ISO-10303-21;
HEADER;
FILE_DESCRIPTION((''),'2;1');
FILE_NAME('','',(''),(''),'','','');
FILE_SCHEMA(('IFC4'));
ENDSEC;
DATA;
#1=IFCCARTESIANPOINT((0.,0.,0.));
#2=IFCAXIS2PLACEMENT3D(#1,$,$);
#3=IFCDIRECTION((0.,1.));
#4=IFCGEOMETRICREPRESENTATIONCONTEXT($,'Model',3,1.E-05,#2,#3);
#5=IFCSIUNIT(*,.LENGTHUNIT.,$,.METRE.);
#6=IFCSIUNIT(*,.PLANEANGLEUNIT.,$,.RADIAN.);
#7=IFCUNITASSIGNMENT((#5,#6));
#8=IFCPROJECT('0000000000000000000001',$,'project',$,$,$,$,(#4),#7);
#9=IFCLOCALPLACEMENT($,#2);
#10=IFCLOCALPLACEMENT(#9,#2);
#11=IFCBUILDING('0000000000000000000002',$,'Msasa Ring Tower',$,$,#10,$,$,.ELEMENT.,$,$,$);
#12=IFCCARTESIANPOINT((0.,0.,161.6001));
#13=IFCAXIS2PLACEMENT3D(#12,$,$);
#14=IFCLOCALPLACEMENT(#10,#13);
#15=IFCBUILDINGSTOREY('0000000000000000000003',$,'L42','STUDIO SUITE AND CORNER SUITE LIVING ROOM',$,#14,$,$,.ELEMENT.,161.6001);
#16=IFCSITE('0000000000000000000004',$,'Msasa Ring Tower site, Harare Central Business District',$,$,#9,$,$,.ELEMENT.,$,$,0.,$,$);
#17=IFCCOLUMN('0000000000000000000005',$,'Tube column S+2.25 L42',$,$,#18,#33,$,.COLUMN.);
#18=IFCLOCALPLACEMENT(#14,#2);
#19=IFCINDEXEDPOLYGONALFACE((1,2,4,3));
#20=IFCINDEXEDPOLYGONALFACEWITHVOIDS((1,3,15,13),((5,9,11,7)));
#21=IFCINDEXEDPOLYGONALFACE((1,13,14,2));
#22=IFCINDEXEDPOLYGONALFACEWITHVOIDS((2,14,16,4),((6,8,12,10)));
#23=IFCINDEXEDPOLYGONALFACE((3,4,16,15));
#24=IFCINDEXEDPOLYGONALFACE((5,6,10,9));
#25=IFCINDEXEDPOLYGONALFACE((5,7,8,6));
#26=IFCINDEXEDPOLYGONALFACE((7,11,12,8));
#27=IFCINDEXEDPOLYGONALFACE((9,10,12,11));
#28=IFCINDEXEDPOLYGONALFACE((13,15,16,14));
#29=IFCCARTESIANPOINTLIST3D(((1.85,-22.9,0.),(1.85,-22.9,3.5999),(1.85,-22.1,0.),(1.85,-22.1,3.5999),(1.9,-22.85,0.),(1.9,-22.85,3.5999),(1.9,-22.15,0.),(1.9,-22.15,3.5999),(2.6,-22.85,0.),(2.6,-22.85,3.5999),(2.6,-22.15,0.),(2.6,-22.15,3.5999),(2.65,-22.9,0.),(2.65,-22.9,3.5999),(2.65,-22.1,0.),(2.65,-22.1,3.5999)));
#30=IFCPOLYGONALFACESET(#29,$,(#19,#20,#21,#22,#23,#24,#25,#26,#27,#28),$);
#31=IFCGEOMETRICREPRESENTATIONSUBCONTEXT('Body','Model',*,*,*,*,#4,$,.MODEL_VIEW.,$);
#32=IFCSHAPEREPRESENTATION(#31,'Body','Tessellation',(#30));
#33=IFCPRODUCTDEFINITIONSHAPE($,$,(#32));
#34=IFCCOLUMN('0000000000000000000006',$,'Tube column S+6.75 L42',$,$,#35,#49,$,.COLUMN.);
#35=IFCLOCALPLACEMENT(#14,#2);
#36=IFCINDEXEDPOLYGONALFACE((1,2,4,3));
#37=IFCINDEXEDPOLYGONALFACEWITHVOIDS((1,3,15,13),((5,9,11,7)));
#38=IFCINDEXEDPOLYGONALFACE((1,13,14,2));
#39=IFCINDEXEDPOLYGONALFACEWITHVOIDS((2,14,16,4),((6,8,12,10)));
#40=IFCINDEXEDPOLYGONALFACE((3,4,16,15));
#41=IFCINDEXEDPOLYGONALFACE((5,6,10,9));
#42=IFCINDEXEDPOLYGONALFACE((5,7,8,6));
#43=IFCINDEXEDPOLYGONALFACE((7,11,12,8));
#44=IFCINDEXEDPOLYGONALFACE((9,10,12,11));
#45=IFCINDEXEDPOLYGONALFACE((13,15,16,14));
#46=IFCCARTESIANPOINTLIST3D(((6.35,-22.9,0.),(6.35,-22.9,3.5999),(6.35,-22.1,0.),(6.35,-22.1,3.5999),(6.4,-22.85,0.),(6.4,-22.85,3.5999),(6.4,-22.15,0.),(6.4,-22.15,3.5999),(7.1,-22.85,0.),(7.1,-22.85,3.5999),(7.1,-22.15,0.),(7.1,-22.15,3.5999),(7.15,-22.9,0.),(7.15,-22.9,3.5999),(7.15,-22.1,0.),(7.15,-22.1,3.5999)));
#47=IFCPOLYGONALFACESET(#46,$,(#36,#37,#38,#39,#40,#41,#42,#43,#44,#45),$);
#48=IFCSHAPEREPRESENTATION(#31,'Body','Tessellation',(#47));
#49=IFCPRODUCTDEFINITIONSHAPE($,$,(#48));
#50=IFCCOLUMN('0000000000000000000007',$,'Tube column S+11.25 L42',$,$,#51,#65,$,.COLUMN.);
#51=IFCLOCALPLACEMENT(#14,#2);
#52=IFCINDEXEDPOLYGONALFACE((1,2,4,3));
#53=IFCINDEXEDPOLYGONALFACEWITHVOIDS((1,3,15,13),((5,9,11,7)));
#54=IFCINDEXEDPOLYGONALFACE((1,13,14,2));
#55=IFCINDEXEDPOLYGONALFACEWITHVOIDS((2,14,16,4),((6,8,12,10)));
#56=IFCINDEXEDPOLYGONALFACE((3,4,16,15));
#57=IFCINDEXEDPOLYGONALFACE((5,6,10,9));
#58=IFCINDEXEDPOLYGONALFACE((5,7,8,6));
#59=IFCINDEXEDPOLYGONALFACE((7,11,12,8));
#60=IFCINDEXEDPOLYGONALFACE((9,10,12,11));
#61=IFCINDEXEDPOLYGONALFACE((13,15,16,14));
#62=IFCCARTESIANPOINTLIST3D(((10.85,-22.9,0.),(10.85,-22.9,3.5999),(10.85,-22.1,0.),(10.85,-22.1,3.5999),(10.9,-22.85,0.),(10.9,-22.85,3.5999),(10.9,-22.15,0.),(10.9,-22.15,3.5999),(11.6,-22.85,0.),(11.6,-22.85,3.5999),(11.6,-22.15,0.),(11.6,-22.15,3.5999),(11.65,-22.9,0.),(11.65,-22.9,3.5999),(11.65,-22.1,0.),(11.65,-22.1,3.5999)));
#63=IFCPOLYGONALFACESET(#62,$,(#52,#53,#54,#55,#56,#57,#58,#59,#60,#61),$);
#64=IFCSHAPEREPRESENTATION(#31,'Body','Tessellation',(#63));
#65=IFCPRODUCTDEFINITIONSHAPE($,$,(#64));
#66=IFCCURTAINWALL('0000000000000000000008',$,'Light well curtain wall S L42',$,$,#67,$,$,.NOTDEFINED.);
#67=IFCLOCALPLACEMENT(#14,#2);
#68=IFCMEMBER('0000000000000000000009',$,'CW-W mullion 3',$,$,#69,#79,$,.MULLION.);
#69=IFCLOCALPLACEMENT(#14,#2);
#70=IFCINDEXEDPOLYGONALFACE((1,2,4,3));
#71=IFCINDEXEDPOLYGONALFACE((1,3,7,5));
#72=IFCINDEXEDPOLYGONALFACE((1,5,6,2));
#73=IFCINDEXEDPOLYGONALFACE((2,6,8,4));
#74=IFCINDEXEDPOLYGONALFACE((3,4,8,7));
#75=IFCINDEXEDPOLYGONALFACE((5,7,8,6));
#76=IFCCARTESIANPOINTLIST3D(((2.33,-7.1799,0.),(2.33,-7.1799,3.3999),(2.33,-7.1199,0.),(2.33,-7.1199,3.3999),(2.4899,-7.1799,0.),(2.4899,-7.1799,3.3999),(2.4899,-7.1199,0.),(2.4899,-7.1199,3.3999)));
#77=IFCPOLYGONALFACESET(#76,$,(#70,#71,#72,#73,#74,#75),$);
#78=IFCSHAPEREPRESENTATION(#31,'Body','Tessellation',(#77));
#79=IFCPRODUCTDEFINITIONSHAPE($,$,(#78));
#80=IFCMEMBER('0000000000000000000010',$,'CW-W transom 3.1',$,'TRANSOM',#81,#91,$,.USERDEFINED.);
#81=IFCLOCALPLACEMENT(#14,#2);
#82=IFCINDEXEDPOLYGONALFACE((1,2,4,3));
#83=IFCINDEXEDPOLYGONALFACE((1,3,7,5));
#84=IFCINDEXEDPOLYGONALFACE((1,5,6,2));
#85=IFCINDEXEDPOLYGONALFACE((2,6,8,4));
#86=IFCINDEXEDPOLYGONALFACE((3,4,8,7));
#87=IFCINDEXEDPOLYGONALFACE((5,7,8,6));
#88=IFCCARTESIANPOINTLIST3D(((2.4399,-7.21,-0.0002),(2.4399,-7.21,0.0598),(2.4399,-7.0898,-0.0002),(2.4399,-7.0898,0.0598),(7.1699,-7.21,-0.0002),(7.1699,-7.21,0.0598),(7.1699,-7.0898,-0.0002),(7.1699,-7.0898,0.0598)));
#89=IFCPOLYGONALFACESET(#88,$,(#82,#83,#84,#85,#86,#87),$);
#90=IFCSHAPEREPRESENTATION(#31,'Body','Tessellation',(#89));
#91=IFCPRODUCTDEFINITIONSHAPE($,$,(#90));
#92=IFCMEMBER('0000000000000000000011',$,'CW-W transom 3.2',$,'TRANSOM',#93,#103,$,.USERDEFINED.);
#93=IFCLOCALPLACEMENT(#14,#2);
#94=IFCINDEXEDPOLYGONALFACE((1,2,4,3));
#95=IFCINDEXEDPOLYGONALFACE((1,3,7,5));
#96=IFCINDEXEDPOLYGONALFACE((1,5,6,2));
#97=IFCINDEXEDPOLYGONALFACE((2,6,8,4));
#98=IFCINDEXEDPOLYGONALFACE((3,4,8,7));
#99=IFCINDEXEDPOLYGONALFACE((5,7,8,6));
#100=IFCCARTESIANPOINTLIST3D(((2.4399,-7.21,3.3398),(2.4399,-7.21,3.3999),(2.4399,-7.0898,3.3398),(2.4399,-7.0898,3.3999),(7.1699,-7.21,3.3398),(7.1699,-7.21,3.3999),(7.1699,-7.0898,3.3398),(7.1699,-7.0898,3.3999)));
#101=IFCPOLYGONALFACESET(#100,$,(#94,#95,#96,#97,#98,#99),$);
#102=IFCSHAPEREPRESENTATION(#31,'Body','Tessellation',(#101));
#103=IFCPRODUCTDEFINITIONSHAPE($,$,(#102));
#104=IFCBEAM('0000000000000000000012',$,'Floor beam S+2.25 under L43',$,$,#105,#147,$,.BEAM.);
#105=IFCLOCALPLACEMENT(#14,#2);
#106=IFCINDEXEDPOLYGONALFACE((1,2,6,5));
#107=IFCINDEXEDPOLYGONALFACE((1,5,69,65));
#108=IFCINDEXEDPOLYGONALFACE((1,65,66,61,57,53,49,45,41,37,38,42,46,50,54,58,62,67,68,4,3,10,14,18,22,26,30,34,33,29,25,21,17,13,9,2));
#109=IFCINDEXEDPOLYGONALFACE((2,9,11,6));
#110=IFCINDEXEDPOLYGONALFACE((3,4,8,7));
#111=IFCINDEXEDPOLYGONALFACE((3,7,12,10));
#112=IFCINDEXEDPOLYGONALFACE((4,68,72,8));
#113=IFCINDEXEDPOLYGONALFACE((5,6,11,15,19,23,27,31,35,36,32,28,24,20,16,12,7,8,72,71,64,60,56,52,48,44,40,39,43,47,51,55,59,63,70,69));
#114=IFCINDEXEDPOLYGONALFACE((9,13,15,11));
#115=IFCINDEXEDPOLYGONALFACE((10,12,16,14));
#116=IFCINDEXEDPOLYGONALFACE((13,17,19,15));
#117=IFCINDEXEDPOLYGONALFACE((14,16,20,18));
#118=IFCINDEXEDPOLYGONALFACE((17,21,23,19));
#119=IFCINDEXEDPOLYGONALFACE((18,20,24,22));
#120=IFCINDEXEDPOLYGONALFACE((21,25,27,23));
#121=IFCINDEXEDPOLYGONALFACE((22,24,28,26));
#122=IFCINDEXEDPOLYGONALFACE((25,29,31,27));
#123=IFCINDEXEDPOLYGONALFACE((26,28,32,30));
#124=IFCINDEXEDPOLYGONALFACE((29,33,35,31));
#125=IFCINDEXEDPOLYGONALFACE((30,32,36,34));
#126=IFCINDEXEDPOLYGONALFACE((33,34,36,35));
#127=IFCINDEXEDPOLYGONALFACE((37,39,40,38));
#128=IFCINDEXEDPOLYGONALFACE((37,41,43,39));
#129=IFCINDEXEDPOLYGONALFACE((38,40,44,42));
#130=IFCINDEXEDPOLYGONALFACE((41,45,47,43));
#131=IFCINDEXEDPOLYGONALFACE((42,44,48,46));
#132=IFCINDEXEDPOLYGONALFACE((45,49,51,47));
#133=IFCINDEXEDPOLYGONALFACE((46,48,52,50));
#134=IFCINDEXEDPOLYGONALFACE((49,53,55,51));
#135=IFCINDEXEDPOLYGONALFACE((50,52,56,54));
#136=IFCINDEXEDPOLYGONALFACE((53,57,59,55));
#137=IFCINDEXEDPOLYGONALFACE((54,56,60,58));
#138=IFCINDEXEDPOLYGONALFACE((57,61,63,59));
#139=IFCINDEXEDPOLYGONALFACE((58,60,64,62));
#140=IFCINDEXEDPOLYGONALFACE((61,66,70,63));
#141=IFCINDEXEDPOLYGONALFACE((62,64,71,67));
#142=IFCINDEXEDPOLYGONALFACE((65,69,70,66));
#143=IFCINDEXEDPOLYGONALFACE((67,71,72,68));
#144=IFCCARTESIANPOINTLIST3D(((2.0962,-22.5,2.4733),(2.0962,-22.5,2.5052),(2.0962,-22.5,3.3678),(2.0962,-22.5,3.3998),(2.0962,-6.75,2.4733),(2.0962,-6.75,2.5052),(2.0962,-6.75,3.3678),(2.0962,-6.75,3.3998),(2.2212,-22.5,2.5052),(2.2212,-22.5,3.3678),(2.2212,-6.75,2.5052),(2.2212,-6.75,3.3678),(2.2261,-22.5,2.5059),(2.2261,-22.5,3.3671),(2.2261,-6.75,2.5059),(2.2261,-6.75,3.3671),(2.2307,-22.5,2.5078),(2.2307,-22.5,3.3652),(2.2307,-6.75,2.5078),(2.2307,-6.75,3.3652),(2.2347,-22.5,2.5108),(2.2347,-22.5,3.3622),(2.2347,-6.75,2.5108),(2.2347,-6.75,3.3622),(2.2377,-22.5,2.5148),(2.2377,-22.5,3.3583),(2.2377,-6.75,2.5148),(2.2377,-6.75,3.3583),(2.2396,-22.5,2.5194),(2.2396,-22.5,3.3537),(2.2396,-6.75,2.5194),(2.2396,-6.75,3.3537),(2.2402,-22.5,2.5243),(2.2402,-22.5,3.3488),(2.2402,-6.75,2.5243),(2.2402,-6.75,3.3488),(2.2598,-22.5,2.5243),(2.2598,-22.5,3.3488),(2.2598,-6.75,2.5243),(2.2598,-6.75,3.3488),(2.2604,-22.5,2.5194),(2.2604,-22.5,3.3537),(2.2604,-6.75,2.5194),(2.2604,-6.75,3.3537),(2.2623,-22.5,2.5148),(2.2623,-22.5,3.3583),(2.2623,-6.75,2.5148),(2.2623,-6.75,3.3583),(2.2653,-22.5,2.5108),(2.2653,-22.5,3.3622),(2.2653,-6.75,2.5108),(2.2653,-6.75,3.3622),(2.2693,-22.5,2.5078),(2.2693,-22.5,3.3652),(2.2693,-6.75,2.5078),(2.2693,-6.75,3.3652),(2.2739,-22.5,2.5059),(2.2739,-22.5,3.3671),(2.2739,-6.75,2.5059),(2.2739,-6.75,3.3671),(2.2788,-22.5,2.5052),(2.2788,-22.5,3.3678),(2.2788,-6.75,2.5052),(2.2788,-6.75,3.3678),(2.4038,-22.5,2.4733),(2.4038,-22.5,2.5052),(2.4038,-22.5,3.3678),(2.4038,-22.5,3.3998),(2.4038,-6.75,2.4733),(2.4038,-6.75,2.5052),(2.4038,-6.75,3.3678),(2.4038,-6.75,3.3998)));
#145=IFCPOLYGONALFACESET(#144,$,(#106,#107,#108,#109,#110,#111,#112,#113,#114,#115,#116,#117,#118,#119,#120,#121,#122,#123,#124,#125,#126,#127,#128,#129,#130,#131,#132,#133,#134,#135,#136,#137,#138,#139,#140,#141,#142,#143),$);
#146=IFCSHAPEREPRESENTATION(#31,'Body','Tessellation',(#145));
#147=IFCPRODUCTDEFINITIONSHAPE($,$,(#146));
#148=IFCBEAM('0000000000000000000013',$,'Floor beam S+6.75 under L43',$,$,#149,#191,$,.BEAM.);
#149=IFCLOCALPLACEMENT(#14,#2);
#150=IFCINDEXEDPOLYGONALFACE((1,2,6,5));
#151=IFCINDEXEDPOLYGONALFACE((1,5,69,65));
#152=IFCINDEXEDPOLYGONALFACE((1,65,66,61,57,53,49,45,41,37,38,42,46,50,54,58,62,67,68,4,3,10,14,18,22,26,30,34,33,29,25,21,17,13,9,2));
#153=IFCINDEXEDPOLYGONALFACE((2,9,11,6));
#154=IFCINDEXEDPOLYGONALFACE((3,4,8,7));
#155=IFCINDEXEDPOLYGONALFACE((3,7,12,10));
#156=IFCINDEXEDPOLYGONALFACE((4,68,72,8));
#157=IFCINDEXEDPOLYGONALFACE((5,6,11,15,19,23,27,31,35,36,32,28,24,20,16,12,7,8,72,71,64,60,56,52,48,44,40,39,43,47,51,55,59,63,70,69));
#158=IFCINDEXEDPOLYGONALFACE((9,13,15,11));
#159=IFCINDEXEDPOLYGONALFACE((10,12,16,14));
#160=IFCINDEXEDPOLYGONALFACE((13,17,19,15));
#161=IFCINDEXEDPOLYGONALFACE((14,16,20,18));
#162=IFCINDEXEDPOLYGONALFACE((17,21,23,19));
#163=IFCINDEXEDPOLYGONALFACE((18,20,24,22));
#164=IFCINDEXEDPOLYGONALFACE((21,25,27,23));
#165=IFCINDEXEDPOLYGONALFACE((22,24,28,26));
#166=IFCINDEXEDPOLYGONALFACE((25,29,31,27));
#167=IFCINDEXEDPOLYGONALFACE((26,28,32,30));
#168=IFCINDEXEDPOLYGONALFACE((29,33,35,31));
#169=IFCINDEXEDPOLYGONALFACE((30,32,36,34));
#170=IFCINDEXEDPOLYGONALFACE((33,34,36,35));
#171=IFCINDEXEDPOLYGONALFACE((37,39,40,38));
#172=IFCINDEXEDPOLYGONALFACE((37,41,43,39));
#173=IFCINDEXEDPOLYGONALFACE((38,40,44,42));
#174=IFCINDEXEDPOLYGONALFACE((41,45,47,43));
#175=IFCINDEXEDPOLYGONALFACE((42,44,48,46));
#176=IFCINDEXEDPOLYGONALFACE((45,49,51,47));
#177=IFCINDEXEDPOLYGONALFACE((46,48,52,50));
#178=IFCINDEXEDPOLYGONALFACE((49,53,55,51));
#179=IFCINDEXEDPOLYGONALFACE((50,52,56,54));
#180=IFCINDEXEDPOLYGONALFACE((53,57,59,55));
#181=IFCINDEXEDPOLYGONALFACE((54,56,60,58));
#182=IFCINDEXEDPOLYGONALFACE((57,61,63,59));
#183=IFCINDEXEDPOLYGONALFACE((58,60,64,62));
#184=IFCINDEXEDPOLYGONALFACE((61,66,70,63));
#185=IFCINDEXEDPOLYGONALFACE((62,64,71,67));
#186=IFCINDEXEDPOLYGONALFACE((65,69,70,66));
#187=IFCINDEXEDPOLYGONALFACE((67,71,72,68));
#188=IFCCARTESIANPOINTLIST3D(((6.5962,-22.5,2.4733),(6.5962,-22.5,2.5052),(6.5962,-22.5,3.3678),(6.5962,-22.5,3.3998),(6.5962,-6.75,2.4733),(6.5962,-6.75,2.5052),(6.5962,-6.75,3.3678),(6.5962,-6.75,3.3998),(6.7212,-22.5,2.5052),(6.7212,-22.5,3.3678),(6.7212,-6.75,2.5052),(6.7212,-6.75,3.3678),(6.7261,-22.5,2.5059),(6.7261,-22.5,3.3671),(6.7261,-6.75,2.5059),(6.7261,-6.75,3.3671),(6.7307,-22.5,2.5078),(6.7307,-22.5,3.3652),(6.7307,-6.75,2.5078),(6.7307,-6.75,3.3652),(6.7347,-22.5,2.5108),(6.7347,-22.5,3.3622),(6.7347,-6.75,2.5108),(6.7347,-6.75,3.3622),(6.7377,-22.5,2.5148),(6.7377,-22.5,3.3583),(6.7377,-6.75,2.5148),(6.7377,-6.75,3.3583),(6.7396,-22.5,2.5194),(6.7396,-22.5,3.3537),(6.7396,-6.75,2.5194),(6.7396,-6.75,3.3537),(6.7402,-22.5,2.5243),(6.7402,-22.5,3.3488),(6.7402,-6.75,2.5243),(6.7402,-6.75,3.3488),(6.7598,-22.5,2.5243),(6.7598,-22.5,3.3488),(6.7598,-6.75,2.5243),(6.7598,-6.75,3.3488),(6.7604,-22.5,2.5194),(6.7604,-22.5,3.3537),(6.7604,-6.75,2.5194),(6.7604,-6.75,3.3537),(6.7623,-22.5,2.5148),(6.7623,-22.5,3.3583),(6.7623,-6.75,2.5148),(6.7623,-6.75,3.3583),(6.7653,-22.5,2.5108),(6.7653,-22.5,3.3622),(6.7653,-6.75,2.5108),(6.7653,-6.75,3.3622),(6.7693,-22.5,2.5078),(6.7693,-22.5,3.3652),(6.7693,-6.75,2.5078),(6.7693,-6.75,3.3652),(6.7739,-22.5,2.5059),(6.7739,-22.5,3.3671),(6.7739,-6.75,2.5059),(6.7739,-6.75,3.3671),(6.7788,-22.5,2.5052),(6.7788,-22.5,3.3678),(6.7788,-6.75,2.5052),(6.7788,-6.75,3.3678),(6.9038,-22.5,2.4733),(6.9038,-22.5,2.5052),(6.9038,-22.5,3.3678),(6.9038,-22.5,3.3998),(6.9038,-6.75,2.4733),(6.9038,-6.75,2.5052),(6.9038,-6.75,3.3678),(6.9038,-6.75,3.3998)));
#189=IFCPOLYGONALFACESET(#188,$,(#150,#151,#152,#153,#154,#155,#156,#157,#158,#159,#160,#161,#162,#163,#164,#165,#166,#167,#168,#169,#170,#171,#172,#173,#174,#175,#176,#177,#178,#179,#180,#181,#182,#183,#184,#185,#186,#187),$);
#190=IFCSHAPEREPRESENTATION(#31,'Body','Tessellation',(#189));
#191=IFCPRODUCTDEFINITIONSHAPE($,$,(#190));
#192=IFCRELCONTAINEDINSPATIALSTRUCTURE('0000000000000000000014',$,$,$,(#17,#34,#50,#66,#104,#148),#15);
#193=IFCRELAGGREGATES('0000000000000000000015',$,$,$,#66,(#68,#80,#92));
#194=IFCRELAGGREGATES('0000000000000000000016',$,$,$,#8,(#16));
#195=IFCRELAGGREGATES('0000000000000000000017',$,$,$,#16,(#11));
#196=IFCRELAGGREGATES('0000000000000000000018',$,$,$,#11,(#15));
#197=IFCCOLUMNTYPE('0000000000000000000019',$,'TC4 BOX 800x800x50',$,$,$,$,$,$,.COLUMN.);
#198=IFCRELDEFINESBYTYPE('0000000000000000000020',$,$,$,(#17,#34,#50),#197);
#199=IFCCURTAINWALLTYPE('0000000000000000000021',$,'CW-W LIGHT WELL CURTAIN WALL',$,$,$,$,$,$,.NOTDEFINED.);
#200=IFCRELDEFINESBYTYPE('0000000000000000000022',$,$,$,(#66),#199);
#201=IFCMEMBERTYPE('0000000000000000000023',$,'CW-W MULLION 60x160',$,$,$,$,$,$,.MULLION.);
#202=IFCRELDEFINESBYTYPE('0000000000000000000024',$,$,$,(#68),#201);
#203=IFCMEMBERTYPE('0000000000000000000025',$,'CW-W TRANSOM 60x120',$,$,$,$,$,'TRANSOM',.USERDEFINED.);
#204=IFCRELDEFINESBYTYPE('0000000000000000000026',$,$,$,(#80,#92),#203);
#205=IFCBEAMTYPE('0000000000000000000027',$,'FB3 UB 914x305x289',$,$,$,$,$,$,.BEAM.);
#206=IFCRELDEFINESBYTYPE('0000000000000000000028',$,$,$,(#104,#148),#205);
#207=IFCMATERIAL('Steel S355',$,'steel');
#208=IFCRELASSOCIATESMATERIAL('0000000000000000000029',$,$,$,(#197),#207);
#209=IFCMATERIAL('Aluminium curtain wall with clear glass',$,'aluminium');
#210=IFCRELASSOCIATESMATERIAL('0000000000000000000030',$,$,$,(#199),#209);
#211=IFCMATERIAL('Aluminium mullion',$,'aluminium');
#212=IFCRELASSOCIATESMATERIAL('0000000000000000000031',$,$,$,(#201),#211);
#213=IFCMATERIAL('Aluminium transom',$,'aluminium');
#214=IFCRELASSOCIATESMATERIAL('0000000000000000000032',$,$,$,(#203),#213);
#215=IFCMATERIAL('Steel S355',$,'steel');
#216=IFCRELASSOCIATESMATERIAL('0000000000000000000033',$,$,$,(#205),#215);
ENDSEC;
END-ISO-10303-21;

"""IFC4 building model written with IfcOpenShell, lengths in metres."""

from ifc_helpers import new_model, si_unit, direction, frame, origin, origin_2d, place, context, subcontext, project, spatial, rectangle, hollow_rectangle, i_section, extrude, material, material_profile, profile_set, type_object, element, aggregate, save


model = new_model("IFC4")

# Units and contexts
model_context = context("Model", 3, precision=1e-05, world=origin(), true_north=direction((0.0, 1.0)))
body_context = subcontext(model_context, "Body", "Model", "MODEL_VIEW")
ifc_project = project(units=[si_unit("LENGTHUNIT", "METRE"), si_unit("PLANEANGLEUNIT", "RADIAN")], contexts=[model_context])

# Site, building, storey
site_placement = place(None, origin())
site = spatial("IfcSite", under=ifc_project, at=site_placement, Name="Msasa Ring Tower site, Harare Central Business District", CompositionType="ELEMENT", RefElevation=0.0)
building_placement = place(site_placement, origin())
building = spatial("IfcBuilding", under=site, at=building_placement, Name="Msasa Ring Tower", CompositionType="ELEMENT")
storey_placement = place(building_placement, frame((0.0, 0.0, 161.6001)))
storey = spatial("IfcBuildingStorey", under=building, at=storey_placement, Name="L42", Description="STUDIO SUITE AND CORNER SUITE LIVING ROOM", CompositionType="ELEMENT", Elevation=161.6001)

# Columns
ifc_material_1 = material(Name="Steel S355", Category="steel")
ifc_material_profile_1 = material_profile(ifc_material_1, hollow_rectangle(XDim=0.8, YDim=0.8, WallThickness=0.05, at=origin_2d()), Name="BOX 800x800x50")
ifc_profile_set_1 = profile_set([ifc_material_profile_1], Name="Steel S355")
column_type = type_object("IfcColumnType", Name="TC4 BOX 800x800x50", PredefinedType="COLUMN", material=ifc_profile_set_1)
for number, where, z_axis, x_axis, name in (
    (1, (2.25, -22.5, 0.0), (0.0, 0.0, 1.0), (0.0, 1.0, 0.0), "Tube column S+2.25 L42"),
    (2, (6.75, -22.5, 0.0), (0.0, 0.0, 1.0), (0.0, 1.0, 0.0), "Tube column S+6.75 L42"),
    (3, (11.25, -22.5, 0.0), (0.0, 0.0, 1.0), (0.0, 1.0, 0.0), "Tube column S+11.25 L42"),
):
    element("IfcColumn", number, at=place(storey_placement, frame(where, z_axis=z_axis, x_axis=x_axis)), inside=storey, type_object=column_type, Name=name, PredefinedType="COLUMN", context=body_context, shape_type="SweptSolid", body=[
        extrude(hollow_rectangle(XDim=0.8, YDim=0.8, WallThickness=0.05, at=origin_2d()), origin(), (0.0, 0.0, 1.0), 3.5999),
    ])

# Curtain wall, members
ifc_material_2 = material(Name="Aluminium curtain wall with clear glass", Category="aluminium")
curtain_wall_type = type_object("IfcCurtainWallType", Name="CW-W LIGHT WELL CURTAIN WALL", PredefinedType="NOTDEFINED", material=ifc_material_2)
curtain_wall_placement = place(storey_placement, origin())
curtain_wall = element("IfcCurtainWall", 4, at=curtain_wall_placement, inside=storey, type_object=curtain_wall_type, Name="Light well curtain wall S L42", PredefinedType="NOTDEFINED")
ifc_material_3 = material(Name="Aluminium mullion", Category="aluminium")
ifc_material_profile_2 = material_profile(ifc_material_3, rectangle(XDim=0.0601, YDim=0.1599, at=origin_2d()), Name="AL 60x160")
ifc_profile_set_2 = profile_set([ifc_material_profile_2], Name="Aluminium mullion")
member_type_1 = type_object("IfcMemberType", Name="CW-W MULLION 60x160", PredefinedType="MULLION", material=ifc_profile_set_2)
member_1_placement = place(storey_placement, frame((2.4099, -7.1499, 0.0), z_axis=(0.0, 0.0, 1.0), x_axis=(0.0, 1.0, 0.0)))
member_1 = element("IfcMember", 5, at=member_1_placement, type_object=member_type_1, Name="CW-W mullion 3", PredefinedType="MULLION", context=body_context, shape_type="SweptSolid", body=[
    extrude(rectangle(XDim=0.0601, YDim=0.1599, at=origin_2d()), origin(), (0.0, 0.0, 1.0), 3.3999),
])
ifc_material_4 = material(Name="Aluminium transom", Category="aluminium")
ifc_material_profile_3 = material_profile(ifc_material_4, rectangle(XDim=0.1201, YDim=0.0601, at=origin_2d()), Name="AL 60x120")
ifc_profile_set_3 = profile_set([ifc_material_profile_3], Name="Aluminium transom")
member_type_2 = type_object("IfcMemberType", Name="CW-W TRANSOM 60x120", ElementType="TRANSOM", PredefinedType="USERDEFINED", material=ifc_profile_set_3)
member_2_placement = place(storey_placement, frame((2.4399, -7.1499, 0.0298), z_axis=(1.0, 0.0, 0.0), x_axis=(0.0, 1.0, 0.0)))
member_2 = element("IfcMember", 6, at=member_2_placement, type_object=member_type_2, Name="CW-W transom 3.1", ObjectType="TRANSOM", PredefinedType="USERDEFINED", context=body_context, shape_type="SweptSolid", body=[
    extrude(rectangle(XDim=0.1201, YDim=0.0601, at=origin_2d()), origin(), (0.0, 0.0, 1.0), 4.73),
])
member_3_placement = place(storey_placement, frame((2.4399, -7.1499, 3.3699), z_axis=(1.0, 0.0, 0.0), x_axis=(0.0, 1.0, 0.0)))
member_3 = element("IfcMember", 7, at=member_3_placement, type_object=member_type_2, Name="CW-W transom 3.2", ObjectType="TRANSOM", PredefinedType="USERDEFINED", context=body_context, shape_type="SweptSolid", body=[
    extrude(rectangle(XDim=0.1201, YDim=0.0601, at=origin_2d()), origin(), (0.0, 0.0, 1.0), 4.73),
])

# Beams
ifc_material_5 = material(Name="Steel S355", Category="steel")
ifc_material_profile_4 = material_profile(ifc_material_5, i_section(OverallWidth=0.3076, OverallDepth=0.9265, WebThickness=0.0195, FlangeThickness=0.032, FilletRadius=0.019, at=origin_2d()), Name="UB 914x305x289")
ifc_profile_set_4 = profile_set([ifc_material_profile_4], Name="Steel S355")
beam_type_1 = type_object("IfcBeamType", Name="FB3 UB 914x305x289", PredefinedType="BEAM", material=ifc_profile_set_4)
for number, where, z_axis, x_axis, name in (
    (8, (2.25, -22.5, 2.9365), (0.0, 1.0, 0.0), (-1.0, 0.0, 0.0), "Floor beam S+2.25 under L43"),
    (9, (6.75, -22.5, 2.9365), (0.0, 1.0, 0.0), (-1.0, 0.0, 0.0), "Floor beam S+6.75 under L43"),
):
    element("IfcBeam", number, at=place(storey_placement, frame(where, z_axis=z_axis, x_axis=x_axis)), inside=storey, type_object=beam_type_1, Name=name, PredefinedType="BEAM", context=body_context, shape_type="SweptSolid", body=[
        extrude(i_section(OverallWidth=0.3076, OverallDepth=0.9265, WebThickness=0.0195, FlangeThickness=0.032, FilletRadius=0.019, at=origin_2d()), origin(), (0.0, 0.0, 1.0), 15.75),
    ])

aggregate(curtain_wall, [member_1, member_2, member_3])

save(model, "model.ifc")
